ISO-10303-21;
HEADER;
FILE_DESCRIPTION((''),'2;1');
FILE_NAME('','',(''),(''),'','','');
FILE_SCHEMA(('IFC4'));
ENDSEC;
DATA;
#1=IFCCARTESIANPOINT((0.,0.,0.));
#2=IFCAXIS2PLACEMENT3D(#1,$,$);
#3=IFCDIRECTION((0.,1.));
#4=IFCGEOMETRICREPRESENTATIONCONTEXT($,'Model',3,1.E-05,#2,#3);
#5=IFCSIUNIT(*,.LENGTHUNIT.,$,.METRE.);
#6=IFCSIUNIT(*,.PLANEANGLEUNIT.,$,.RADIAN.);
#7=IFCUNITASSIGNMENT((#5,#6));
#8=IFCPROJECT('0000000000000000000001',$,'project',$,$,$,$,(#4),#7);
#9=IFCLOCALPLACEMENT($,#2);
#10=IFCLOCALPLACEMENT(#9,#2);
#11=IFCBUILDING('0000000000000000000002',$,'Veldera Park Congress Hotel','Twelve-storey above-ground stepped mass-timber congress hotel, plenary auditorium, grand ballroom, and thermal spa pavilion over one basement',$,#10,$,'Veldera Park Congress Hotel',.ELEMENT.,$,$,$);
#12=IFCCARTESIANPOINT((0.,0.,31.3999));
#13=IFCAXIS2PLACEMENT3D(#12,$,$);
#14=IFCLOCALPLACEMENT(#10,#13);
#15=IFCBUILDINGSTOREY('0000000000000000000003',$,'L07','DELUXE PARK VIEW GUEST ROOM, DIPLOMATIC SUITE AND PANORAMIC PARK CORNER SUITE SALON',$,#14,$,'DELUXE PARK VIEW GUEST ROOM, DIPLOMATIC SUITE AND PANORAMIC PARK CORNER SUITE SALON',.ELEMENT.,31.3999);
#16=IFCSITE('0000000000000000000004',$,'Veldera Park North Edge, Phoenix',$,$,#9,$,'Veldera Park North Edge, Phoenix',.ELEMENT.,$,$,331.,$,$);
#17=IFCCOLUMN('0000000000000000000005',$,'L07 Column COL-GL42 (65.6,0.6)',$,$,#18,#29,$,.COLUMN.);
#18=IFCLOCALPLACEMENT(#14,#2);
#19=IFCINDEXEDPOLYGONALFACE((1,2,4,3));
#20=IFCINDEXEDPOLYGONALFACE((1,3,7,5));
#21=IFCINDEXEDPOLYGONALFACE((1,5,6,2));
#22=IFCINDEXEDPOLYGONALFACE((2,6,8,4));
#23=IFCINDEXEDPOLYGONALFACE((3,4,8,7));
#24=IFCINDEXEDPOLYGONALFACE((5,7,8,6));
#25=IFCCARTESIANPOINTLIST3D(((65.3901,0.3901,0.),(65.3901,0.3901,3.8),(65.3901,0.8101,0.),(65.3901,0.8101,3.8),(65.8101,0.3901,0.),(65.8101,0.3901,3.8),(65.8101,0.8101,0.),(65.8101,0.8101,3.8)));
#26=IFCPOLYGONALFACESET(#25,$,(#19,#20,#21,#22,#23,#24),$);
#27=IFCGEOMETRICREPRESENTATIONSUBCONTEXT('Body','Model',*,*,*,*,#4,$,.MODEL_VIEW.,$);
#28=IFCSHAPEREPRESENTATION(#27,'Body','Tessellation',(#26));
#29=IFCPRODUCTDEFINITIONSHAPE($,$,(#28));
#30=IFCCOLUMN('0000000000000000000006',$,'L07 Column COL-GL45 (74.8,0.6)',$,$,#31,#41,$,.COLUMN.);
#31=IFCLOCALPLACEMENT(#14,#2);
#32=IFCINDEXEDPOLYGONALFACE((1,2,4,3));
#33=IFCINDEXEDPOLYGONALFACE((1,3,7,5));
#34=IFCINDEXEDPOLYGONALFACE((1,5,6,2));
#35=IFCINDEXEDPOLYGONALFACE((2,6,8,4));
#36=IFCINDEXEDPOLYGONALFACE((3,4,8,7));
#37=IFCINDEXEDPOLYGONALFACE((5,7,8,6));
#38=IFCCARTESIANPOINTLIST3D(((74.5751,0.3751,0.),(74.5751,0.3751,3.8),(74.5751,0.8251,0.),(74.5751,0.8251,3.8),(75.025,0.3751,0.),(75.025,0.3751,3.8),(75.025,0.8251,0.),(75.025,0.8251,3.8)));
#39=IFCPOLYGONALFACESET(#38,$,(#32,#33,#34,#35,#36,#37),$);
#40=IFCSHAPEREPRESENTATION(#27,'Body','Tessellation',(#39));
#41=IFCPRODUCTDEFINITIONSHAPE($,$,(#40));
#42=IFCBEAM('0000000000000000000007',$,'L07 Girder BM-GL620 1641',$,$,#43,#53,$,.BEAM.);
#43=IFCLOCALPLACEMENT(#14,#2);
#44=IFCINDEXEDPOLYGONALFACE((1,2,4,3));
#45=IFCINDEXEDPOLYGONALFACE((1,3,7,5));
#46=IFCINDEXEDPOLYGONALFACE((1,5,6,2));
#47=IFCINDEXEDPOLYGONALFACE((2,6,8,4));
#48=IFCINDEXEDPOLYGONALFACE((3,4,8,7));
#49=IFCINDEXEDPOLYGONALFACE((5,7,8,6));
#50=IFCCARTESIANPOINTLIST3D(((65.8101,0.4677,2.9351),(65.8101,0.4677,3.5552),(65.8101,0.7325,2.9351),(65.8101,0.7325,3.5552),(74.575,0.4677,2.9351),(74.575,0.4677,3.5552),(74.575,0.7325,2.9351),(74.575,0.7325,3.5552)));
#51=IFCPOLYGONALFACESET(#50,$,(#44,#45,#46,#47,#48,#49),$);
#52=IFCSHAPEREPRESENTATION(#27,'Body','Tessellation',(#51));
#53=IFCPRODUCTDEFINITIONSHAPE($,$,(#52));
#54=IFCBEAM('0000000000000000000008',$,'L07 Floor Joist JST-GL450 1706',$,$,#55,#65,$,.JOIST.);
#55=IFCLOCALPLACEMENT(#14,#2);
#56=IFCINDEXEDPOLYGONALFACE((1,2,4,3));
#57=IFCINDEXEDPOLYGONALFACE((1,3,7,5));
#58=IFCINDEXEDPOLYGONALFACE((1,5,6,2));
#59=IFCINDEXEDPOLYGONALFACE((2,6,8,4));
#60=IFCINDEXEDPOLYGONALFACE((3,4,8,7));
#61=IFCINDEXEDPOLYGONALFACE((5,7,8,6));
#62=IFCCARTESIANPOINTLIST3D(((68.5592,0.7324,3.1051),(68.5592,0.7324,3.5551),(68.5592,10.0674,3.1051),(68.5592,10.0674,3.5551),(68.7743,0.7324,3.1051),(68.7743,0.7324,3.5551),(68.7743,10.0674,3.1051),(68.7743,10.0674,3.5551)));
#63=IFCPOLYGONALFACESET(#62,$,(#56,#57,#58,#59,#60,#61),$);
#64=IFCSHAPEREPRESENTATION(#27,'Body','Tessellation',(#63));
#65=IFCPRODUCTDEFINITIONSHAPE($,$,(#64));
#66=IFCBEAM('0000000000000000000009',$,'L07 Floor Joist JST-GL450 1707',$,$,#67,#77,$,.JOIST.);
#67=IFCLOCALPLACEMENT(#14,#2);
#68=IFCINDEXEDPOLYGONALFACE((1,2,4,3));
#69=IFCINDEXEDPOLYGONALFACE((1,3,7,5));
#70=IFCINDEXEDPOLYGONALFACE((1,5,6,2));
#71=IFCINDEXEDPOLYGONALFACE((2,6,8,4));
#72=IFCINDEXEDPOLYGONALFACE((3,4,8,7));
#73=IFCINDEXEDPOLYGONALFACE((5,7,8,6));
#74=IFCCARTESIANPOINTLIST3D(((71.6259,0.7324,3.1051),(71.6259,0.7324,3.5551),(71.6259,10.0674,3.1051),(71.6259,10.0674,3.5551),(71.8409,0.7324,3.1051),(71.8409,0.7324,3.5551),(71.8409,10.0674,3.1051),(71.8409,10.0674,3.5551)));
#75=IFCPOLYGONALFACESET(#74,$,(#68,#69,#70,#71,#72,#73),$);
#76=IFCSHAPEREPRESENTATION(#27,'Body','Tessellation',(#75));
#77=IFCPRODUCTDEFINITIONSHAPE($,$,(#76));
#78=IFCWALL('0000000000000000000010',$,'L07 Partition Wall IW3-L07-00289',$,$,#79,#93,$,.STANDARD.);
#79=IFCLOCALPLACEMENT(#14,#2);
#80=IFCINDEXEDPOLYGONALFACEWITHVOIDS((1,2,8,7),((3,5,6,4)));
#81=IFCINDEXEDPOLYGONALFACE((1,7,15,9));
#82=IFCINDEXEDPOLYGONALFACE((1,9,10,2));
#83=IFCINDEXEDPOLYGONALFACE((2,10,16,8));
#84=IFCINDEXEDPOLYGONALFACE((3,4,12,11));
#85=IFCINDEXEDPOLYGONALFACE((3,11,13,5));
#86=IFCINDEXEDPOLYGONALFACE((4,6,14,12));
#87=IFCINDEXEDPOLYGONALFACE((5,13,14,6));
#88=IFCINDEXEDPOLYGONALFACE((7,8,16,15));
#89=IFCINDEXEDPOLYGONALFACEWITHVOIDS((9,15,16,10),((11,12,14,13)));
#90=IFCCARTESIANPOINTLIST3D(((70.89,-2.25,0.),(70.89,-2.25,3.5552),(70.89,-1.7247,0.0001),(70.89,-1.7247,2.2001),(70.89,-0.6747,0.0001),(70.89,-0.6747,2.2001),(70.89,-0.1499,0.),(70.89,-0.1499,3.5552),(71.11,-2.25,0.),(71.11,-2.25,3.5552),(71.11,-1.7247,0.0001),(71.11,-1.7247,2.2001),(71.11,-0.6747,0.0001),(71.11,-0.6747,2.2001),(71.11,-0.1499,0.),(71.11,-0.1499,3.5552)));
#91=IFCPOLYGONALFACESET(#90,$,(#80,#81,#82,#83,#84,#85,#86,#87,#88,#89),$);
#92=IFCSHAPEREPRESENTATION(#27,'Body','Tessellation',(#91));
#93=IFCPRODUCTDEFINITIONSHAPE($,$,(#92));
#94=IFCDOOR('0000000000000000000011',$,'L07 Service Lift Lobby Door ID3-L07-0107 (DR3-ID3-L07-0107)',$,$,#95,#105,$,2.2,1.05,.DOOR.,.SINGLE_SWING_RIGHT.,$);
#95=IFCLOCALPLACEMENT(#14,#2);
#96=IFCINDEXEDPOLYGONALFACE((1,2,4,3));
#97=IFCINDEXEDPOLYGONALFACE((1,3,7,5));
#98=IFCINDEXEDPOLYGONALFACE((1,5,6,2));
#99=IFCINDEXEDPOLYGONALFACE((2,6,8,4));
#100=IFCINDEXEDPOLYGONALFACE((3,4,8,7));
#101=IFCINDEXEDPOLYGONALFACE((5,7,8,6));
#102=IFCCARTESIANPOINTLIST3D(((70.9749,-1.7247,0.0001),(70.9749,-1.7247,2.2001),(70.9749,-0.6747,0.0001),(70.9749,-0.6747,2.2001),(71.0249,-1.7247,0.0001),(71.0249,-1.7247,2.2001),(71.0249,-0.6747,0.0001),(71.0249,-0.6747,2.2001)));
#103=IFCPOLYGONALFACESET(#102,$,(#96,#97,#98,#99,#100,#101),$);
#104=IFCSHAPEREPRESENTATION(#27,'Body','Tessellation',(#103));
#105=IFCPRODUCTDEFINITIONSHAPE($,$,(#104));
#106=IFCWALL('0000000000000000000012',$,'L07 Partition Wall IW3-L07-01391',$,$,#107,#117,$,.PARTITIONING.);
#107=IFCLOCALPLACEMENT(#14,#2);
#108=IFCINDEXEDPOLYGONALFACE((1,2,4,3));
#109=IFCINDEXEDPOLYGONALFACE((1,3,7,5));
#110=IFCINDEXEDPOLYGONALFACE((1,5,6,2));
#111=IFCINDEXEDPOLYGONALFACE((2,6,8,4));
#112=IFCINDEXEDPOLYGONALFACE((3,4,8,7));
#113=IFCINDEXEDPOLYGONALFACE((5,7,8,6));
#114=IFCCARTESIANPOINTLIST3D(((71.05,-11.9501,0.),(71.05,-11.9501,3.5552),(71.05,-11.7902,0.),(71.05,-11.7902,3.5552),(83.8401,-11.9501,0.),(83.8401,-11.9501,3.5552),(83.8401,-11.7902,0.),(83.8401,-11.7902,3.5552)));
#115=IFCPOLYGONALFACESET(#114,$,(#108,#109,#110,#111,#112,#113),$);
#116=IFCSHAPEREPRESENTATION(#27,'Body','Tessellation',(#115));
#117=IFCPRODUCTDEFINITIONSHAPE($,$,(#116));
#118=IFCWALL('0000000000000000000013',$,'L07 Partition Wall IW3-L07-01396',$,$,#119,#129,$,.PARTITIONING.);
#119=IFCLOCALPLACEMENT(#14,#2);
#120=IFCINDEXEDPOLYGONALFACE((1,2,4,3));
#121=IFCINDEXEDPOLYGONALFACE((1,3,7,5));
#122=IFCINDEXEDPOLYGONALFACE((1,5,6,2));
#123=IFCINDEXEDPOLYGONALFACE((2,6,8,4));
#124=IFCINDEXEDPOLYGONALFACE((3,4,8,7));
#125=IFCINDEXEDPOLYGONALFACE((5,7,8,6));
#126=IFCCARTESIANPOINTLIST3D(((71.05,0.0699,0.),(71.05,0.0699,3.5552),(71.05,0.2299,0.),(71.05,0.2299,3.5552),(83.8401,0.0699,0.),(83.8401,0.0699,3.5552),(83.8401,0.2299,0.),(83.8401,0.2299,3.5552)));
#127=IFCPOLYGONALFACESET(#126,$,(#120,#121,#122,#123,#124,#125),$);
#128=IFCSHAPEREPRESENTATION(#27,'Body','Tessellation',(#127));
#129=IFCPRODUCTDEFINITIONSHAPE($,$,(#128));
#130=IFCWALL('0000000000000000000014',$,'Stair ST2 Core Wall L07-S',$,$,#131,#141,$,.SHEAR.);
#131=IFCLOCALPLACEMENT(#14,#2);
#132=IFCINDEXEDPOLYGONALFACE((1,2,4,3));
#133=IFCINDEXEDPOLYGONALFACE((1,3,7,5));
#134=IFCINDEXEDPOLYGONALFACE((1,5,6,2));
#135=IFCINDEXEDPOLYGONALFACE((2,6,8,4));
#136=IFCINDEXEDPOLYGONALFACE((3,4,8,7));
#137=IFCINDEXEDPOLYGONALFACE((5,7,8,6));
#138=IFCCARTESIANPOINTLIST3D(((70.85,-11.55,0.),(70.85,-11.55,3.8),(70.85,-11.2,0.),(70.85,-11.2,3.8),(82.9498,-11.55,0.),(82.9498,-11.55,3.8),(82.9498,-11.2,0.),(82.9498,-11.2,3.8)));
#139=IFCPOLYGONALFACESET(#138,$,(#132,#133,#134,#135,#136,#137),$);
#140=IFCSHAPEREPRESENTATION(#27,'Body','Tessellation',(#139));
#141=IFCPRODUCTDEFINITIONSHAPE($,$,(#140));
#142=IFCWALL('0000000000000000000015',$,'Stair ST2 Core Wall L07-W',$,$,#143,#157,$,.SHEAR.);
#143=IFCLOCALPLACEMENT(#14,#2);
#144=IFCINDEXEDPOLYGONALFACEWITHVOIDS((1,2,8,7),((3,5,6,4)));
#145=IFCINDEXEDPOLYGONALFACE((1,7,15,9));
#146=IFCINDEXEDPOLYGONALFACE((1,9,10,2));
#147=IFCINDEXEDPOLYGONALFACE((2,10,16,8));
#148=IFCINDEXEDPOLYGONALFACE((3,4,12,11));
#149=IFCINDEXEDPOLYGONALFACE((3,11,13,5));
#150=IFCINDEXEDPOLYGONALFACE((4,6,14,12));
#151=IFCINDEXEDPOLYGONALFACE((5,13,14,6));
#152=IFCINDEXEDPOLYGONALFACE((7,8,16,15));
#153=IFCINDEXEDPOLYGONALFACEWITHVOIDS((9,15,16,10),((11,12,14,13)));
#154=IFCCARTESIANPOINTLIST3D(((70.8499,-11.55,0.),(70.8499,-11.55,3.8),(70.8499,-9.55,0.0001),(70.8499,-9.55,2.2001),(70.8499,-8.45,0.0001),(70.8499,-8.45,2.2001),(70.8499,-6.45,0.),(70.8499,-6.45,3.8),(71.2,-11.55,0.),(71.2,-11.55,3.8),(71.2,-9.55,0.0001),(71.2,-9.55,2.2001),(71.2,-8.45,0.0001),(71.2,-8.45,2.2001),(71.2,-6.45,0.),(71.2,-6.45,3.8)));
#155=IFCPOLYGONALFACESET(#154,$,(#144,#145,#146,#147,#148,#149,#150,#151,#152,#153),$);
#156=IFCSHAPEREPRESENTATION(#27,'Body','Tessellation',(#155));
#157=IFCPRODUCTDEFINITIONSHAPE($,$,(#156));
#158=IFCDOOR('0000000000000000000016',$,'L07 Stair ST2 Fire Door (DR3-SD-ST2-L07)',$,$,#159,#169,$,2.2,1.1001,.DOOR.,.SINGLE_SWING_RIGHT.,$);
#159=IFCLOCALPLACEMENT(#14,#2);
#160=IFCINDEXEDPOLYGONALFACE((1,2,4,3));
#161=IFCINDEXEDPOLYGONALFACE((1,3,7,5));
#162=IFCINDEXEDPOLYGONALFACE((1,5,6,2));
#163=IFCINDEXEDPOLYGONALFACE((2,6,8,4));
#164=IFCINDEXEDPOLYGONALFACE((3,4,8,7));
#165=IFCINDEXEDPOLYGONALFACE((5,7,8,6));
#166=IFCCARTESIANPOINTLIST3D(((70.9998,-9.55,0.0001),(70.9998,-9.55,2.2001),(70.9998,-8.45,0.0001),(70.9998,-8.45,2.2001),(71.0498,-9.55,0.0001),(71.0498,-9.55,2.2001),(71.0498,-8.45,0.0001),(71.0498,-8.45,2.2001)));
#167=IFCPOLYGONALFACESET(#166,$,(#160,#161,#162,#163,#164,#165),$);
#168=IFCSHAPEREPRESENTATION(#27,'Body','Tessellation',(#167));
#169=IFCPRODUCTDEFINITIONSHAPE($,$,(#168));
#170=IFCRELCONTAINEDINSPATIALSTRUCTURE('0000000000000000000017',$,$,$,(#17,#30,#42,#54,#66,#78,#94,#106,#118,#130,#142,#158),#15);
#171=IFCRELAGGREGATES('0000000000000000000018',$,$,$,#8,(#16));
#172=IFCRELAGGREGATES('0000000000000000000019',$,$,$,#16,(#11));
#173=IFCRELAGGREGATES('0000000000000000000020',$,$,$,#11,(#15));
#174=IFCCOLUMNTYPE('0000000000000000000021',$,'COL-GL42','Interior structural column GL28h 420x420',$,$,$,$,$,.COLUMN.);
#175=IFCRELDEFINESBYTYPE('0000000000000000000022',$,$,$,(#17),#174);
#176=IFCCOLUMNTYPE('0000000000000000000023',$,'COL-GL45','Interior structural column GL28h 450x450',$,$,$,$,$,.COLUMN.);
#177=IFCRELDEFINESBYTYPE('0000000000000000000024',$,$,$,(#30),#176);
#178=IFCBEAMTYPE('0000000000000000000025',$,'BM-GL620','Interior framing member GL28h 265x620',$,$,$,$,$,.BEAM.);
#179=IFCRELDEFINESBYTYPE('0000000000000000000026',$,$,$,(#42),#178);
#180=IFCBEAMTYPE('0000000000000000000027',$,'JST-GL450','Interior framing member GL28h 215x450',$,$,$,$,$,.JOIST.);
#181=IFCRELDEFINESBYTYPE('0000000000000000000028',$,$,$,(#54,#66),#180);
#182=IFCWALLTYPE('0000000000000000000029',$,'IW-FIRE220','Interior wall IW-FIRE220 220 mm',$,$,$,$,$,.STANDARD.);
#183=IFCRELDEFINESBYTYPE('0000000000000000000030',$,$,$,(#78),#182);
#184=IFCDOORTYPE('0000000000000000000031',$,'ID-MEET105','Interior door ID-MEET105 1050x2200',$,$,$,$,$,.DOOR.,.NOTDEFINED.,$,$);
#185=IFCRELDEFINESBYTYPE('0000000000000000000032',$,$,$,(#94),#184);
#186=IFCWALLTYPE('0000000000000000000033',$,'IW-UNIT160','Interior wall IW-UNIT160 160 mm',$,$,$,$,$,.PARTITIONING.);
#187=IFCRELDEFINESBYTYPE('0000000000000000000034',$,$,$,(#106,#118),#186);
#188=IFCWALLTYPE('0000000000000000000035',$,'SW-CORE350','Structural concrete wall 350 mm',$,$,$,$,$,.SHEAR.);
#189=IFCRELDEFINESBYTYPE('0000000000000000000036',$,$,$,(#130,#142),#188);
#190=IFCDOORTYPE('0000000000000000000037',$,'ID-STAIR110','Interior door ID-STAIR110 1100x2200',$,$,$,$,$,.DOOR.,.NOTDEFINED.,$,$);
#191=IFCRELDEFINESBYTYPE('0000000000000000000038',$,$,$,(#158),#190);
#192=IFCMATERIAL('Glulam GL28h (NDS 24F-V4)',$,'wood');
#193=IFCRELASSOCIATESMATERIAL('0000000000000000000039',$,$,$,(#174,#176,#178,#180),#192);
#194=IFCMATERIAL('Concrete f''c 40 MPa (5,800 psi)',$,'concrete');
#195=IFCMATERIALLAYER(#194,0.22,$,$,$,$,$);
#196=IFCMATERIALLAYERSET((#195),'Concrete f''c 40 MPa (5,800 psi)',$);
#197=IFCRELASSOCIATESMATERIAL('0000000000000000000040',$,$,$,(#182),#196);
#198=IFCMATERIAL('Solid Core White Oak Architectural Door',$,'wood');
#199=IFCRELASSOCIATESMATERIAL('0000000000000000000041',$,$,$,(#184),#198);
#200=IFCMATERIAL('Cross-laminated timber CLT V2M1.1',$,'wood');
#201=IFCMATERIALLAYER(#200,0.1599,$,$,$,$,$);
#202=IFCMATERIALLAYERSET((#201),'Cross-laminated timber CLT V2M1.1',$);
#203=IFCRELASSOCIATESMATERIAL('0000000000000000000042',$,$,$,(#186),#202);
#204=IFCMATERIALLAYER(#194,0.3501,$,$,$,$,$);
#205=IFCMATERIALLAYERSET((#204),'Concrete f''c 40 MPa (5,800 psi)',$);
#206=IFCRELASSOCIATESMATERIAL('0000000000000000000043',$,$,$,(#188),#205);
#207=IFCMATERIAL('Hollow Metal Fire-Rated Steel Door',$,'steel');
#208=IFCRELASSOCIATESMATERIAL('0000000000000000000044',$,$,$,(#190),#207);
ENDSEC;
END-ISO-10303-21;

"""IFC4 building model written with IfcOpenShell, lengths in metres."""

from ifc_helpers import new_model, si_unit, direction, frame, frame_2d, origin, origin_2d, place, context, subcontext, project, spatial, rectangle, extrude, material, layer, layer_set, material_profile, profile_set, type_object, element, fill, save


model = new_model("IFC4")

# Units and contexts
model_context = context("Model", 3, precision=1e-05, world=origin(), true_north=direction((0.0, 1.0)))
body_context = subcontext(model_context, "Body", "Model", "MODEL_VIEW")
ifc_project = project(units=[si_unit("LENGTHUNIT", "METRE"), si_unit("PLANEANGLEUNIT", "RADIAN")], contexts=[model_context])

# Site, building, storey
site_placement = place(None, origin())
site = spatial("IfcSite", under=ifc_project, at=site_placement, Name="Veldera Park North Edge, Phoenix", LongName="Veldera Park North Edge, Phoenix", CompositionType="ELEMENT", RefElevation=331.0)
building_placement = place(site_placement, origin())
building = spatial("IfcBuilding", under=site, at=building_placement, Name="Veldera Park Congress Hotel", Description="Twelve-storey above-ground stepped mass-timber congress hotel, plenary auditorium, grand ballroom, and thermal spa pavilion over one basement", LongName="Veldera Park Congress Hotel", CompositionType="ELEMENT")
storey_placement = place(building_placement, frame((0.0, 0.0, 31.3999)))
storey = spatial("IfcBuildingStorey", under=building, at=storey_placement, Name="L07", Description="DELUXE PARK VIEW GUEST ROOM, DIPLOMATIC SUITE AND PANORAMIC PARK CORNER SUITE SALON", LongName="DELUXE PARK VIEW GUEST ROOM, DIPLOMATIC SUITE AND PANORAMIC PARK CORNER SUITE SALON", CompositionType="ELEMENT", Elevation=31.3999)

# Columns
ifc_material_1 = material(Name="Glulam GL28h (NDS 24F-V4)", Category="wood")
ifc_material_profile_1 = material_profile(ifc_material_1, rectangle(XDim=0.4199, YDim=0.4199, at=origin_2d()), Name="GL28h 420x420")
ifc_profile_set_1 = profile_set([ifc_material_profile_1], Name="Glulam GL28h (NDS 24F-V4)")
column_type_1 = type_object("IfcColumnType", Name="COL-GL42", Description="Interior structural column GL28h 420x420", PredefinedType="COLUMN", material=ifc_profile_set_1)
column_1_placement = place(storey_placement, frame((65.6001, 0.6001, 0.0), z_axis=(0.0, 0.0, 1.0), x_axis=(1.0, 0.0, 0.0)))
element("IfcColumn", 1, at=column_1_placement, inside=storey, type_object=column_type_1, Name="L07 Column COL-GL42 (65.6,0.6)", PredefinedType="COLUMN", context=body_context, shape_type="SweptSolid", body=[
    extrude(rectangle(XDim=0.4199, YDim=0.4199, at=origin_2d()), origin(), (0.0, 0.0, 1.0), 3.8),
])
ifc_material_profile_2 = material_profile(ifc_material_1, rectangle(XDim=0.45, YDim=0.45, at=origin_2d()), Name="GL28h 450x450")
ifc_profile_set_2 = profile_set([ifc_material_profile_2], Name="Glulam GL28h (NDS 24F-V4)")
column_type_2 = type_object("IfcColumnType", Name="COL-GL45", Description="Interior structural column GL28h 450x450", PredefinedType="COLUMN", material=ifc_profile_set_2)
column_2_placement = place(storey_placement, frame((74.8, 0.6001, 0.0), z_axis=(0.0, 0.0, 1.0), x_axis=(1.0, 0.0, 0.0)))
element("IfcColumn", 2, at=column_2_placement, inside=storey, type_object=column_type_2, Name="L07 Column COL-GL45 (74.8,0.6)", PredefinedType="COLUMN", context=body_context, shape_type="SweptSolid", body=[
    extrude(rectangle(XDim=0.45, YDim=0.45, at=origin_2d()), origin(), (0.0, 0.0, 1.0), 3.8),
])

# Beams
ifc_material_profile_3 = material_profile(ifc_material_1, rectangle(XDim=0.2649, YDim=0.6201, at=origin_2d()), Name="GL28h 265x620")
ifc_profile_set_3 = profile_set([ifc_material_profile_3], Name="Glulam GL28h (NDS 24F-V4)")
beam_type_1 = type_object("IfcBeamType", Name="BM-GL620", Description="Interior framing member GL28h 265x620", PredefinedType="BEAM", material=ifc_profile_set_3)
beam_placement = place(storey_placement, frame((65.8101, 0.6001, 3.2451), z_axis=(1.0, 0.0, 0.0), x_axis=(0.0, 1.0, 0.0)))
element("IfcBeam", 3, at=beam_placement, inside=storey, type_object=beam_type_1, Name="L07 Girder BM-GL620 1641", PredefinedType="BEAM", context=body_context, shape_type="SweptSolid", body=[
    extrude(rectangle(XDim=0.2649, YDim=0.6201, at=origin_2d()), origin(), (0.0, 0.0, 1.0), 8.7649),
])
ifc_material_profile_4 = material_profile(ifc_material_1, rectangle(XDim=0.2151, YDim=0.45, at=origin_2d()), Name="GL28h 215x450")
ifc_profile_set_4 = profile_set([ifc_material_profile_4], Name="Glulam GL28h (NDS 24F-V4)")
beam_type_2 = type_object("IfcBeamType", Name="JST-GL450", Description="Interior framing member GL28h 215x450", PredefinedType="JOIST", material=ifc_profile_set_4)
for number, where, z_axis, x_axis, name in (
    (4, (68.6667, 0.7324, 3.3301), (0.0, 1.0, 0.0), (-1.0, 0.0, 0.0), "L07 Floor Joist JST-GL450 1706"),
    (5, (71.7334, 0.7324, 3.3301), (0.0, 1.0, 0.0), (-1.0, 0.0, 0.0), "L07 Floor Joist JST-GL450 1707"),
):
    element("IfcBeam", number, at=place(storey_placement, frame(where, z_axis=z_axis, x_axis=x_axis)), inside=storey, type_object=beam_type_2, Name=name, PredefinedType="JOIST", context=body_context, shape_type="SweptSolid", body=[
        extrude(rectangle(XDim=0.2151, YDim=0.45, at=origin_2d()), origin(), (0.0, 0.0, 1.0), 9.335),
    ])

# Wall, opening, door
ifc_material_2 = material(Name="Concrete f'c 40 MPa (5,800 psi)", Category="concrete")
ifc_layer_1 = layer(ifc_material_2, 0.22)
ifc_layer_set_1 = layer_set([ifc_layer_1], Name="Concrete f'c 40 MPa (5,800 psi)")
wall_type_1 = type_object("IfcWallType", Name="IW-FIRE220", Description="Interior wall IW-FIRE220 220 mm", PredefinedType="STANDARD", material=ifc_layer_set_1)
wall_1_placement = place(storey_placement, frame((71.0, -0.1499, 0.0), z_axis=(0.0, 0.0, 1.0), x_axis=(0.0, -1.0, 0.0)))
wall_1 = element("IfcWall", 6, at=wall_1_placement, inside=storey, type_object=wall_type_1, Name="L07 Partition Wall IW3-L07-00289", PredefinedType="STANDARD", context=body_context, shape_type="SweptSolid", body=[
    extrude(rectangle(XDim=2.1001, YDim=0.22, at=frame_2d((1.05, 0.0))), origin(), (0.0, 0.0, 1.0), 3.5552),
])
opening_1_placement = place(wall_1_placement, frame((0.5249, 0.0, 0.0)))
opening_1 = element("IfcOpeningElement", 7, at=opening_1_placement, cuts=wall_1, PredefinedType="OPENING", context=body_context, shape_type="SweptSolid", body=[
    extrude(rectangle(XDim=1.05, YDim=2.2, at=frame_2d((0.5249, 1.1001))), frame((0.0, 0.1221, 0.0), z_axis=(0.0, -1.0, 0.0), x_axis=(1.0, 0.0, 0.0)), (0.0, 0.0, 1.0), 0.2439),
])
ifc_material_3 = material(Name="Solid Core White Oak Architectural Door", Category="wood")
door_type_1 = type_object("IfcDoorType", Name="ID-MEET105", Description="Interior door ID-MEET105 1050x2200", OperationType="NOTDEFINED", PredefinedType="DOOR", material=ifc_material_3)
door_1_placement = place(opening_1_placement, origin())
door_1 = element("IfcDoor", 8, at=door_1_placement, inside=storey, type_object=door_type_1, Name="L07 Service Lift Lobby Door ID3-L07-0107 (DR3-ID3-L07-0107)", OperationType="SINGLE_SWING_RIGHT", OverallHeight=2.2, OverallWidth=1.05, PredefinedType="DOOR", context=body_context, shape_type="SweptSolid", body=[
    extrude(rectangle(XDim=1.05, YDim=2.2, at=frame_2d((0.5249, 1.1001))), frame((0.0, 0.0249, 0.0), z_axis=(0.0, -1.0, 0.0), x_axis=(1.0, 0.0, 0.0)), (0.0, 0.0, 1.0), 0.05),
])
fill(opening_1, door_1)

# Walls
ifc_material_4 = material(Name="Cross-laminated timber CLT V2M1.1", Category="wood")
ifc_layer_2 = layer(ifc_material_4, 0.1599)
ifc_layer_set_2 = layer_set([ifc_layer_2], Name="Cross-laminated timber CLT V2M1.1")
wall_type_2 = type_object("IfcWallType", Name="IW-UNIT160", Description="Interior wall IW-UNIT160 160 mm", PredefinedType="PARTITIONING", material=ifc_layer_set_2)
for number, where, z_axis, x_axis, name in (
    (9, (71.05, -11.8701, 0.0), (0.0, 0.0, 1.0), (1.0, 0.0, 0.0), "L07 Partition Wall IW3-L07-01391"),
    (10, (71.05, 0.1499, 0.0), (0.0, 0.0, 1.0), (1.0, 0.0, 0.0), "L07 Partition Wall IW3-L07-01396"),
):
    element("IfcWall", number, at=place(storey_placement, frame(where, z_axis=z_axis, x_axis=x_axis)), inside=storey, type_object=wall_type_2, Name=name, PredefinedType="PARTITIONING", context=body_context, shape_type="SweptSolid", body=[
        extrude(rectangle(XDim=12.79, YDim=0.1599, at=frame_2d((6.395, 0.0))), origin(), (0.0, 0.0, 1.0), 3.5552),
    ])
ifc_layer_3 = layer(ifc_material_2, 0.3501)
ifc_layer_set_3 = layer_set([ifc_layer_3], Name="Concrete f'c 40 MPa (5,800 psi)")
wall_type_3 = type_object("IfcWallType", Name="SW-CORE350", Description="Structural concrete wall 350 mm", PredefinedType="SHEAR", material=ifc_layer_set_3)
wall_2_placement = place(storey_placement, frame((70.8501, -11.375, 0.0), z_axis=(0.0, 0.0, 1.0), x_axis=(1.0, 0.0, 0.0)))
element("IfcWall", 11, at=wall_2_placement, inside=storey, type_object=wall_type_3, Name="Stair ST2 Core Wall L07-S", PredefinedType="SHEAR", context=body_context, shape_type="SweptSolid", body=[
    extrude(rectangle(XDim=12.0999, YDim=0.3501, at=frame_2d((6.0498, 0.0))), origin(), (0.0, 0.0, 1.0), 3.8),
])

# Wall, opening, door
wall_3_placement = place(storey_placement, frame((71.0249, -6.45, 0.0), z_axis=(0.0, 0.0, 1.0), x_axis=(0.0, -1.0, 0.0)))
wall_3 = element("IfcWall", 12, at=wall_3_placement, inside=storey, type_object=wall_type_3, Name="Stair ST2 Core Wall L07-W", PredefinedType="SHEAR", context=body_context, shape_type="SweptSolid", body=[
    extrude(rectangle(XDim=5.1001, YDim=0.3501, at=frame_2d((2.55, 0.0))), origin(), (0.0, 0.0, 1.0), 3.8),
])
opening_2_placement = place(wall_3_placement, frame((2.0, 0.0, 0.0)))
opening_2 = element("IfcOpeningElement", 13, at=opening_2_placement, cuts=wall_3, PredefinedType="OPENING", context=body_context, shape_type="SweptSolid", body=[
    extrude(rectangle(XDim=1.1001, YDim=2.2, at=frame_2d((0.55, 1.1001))), frame((0.0, 0.187, 0.0), z_axis=(0.0, -1.0, 0.0), x_axis=(1.0, 0.0, 0.0)), (0.0, 0.0, 1.0), 0.374),
])
ifc_material_5 = material(Name="Hollow Metal Fire-Rated Steel Door", Category="steel")
door_type_2 = type_object("IfcDoorType", Name="ID-STAIR110", Description="Interior door ID-STAIR110 1100x2200", OperationType="NOTDEFINED", PredefinedType="DOOR", material=ifc_material_5)
door_2_placement = place(opening_2_placement, origin())
door_2 = element("IfcDoor", 14, at=door_2_placement, inside=storey, type_object=door_type_2, Name="L07 Stair ST2 Fire Door (DR3-SD-ST2-L07)", OperationType="SINGLE_SWING_RIGHT", OverallHeight=2.2, OverallWidth=1.1001, PredefinedType="DOOR", context=body_context, shape_type="SweptSolid", body=[
    extrude(rectangle(XDim=1.1001, YDim=2.2, at=frame_2d((0.55, 1.1001))), frame((0.0, 0.0249, 0.0), z_axis=(0.0, -1.0, 0.0), x_axis=(1.0, 0.0, 0.0)), (0.0, 0.0, 1.0), 0.05),
])
fill(opening_2, door_2)

save(model, "model.ifc")
